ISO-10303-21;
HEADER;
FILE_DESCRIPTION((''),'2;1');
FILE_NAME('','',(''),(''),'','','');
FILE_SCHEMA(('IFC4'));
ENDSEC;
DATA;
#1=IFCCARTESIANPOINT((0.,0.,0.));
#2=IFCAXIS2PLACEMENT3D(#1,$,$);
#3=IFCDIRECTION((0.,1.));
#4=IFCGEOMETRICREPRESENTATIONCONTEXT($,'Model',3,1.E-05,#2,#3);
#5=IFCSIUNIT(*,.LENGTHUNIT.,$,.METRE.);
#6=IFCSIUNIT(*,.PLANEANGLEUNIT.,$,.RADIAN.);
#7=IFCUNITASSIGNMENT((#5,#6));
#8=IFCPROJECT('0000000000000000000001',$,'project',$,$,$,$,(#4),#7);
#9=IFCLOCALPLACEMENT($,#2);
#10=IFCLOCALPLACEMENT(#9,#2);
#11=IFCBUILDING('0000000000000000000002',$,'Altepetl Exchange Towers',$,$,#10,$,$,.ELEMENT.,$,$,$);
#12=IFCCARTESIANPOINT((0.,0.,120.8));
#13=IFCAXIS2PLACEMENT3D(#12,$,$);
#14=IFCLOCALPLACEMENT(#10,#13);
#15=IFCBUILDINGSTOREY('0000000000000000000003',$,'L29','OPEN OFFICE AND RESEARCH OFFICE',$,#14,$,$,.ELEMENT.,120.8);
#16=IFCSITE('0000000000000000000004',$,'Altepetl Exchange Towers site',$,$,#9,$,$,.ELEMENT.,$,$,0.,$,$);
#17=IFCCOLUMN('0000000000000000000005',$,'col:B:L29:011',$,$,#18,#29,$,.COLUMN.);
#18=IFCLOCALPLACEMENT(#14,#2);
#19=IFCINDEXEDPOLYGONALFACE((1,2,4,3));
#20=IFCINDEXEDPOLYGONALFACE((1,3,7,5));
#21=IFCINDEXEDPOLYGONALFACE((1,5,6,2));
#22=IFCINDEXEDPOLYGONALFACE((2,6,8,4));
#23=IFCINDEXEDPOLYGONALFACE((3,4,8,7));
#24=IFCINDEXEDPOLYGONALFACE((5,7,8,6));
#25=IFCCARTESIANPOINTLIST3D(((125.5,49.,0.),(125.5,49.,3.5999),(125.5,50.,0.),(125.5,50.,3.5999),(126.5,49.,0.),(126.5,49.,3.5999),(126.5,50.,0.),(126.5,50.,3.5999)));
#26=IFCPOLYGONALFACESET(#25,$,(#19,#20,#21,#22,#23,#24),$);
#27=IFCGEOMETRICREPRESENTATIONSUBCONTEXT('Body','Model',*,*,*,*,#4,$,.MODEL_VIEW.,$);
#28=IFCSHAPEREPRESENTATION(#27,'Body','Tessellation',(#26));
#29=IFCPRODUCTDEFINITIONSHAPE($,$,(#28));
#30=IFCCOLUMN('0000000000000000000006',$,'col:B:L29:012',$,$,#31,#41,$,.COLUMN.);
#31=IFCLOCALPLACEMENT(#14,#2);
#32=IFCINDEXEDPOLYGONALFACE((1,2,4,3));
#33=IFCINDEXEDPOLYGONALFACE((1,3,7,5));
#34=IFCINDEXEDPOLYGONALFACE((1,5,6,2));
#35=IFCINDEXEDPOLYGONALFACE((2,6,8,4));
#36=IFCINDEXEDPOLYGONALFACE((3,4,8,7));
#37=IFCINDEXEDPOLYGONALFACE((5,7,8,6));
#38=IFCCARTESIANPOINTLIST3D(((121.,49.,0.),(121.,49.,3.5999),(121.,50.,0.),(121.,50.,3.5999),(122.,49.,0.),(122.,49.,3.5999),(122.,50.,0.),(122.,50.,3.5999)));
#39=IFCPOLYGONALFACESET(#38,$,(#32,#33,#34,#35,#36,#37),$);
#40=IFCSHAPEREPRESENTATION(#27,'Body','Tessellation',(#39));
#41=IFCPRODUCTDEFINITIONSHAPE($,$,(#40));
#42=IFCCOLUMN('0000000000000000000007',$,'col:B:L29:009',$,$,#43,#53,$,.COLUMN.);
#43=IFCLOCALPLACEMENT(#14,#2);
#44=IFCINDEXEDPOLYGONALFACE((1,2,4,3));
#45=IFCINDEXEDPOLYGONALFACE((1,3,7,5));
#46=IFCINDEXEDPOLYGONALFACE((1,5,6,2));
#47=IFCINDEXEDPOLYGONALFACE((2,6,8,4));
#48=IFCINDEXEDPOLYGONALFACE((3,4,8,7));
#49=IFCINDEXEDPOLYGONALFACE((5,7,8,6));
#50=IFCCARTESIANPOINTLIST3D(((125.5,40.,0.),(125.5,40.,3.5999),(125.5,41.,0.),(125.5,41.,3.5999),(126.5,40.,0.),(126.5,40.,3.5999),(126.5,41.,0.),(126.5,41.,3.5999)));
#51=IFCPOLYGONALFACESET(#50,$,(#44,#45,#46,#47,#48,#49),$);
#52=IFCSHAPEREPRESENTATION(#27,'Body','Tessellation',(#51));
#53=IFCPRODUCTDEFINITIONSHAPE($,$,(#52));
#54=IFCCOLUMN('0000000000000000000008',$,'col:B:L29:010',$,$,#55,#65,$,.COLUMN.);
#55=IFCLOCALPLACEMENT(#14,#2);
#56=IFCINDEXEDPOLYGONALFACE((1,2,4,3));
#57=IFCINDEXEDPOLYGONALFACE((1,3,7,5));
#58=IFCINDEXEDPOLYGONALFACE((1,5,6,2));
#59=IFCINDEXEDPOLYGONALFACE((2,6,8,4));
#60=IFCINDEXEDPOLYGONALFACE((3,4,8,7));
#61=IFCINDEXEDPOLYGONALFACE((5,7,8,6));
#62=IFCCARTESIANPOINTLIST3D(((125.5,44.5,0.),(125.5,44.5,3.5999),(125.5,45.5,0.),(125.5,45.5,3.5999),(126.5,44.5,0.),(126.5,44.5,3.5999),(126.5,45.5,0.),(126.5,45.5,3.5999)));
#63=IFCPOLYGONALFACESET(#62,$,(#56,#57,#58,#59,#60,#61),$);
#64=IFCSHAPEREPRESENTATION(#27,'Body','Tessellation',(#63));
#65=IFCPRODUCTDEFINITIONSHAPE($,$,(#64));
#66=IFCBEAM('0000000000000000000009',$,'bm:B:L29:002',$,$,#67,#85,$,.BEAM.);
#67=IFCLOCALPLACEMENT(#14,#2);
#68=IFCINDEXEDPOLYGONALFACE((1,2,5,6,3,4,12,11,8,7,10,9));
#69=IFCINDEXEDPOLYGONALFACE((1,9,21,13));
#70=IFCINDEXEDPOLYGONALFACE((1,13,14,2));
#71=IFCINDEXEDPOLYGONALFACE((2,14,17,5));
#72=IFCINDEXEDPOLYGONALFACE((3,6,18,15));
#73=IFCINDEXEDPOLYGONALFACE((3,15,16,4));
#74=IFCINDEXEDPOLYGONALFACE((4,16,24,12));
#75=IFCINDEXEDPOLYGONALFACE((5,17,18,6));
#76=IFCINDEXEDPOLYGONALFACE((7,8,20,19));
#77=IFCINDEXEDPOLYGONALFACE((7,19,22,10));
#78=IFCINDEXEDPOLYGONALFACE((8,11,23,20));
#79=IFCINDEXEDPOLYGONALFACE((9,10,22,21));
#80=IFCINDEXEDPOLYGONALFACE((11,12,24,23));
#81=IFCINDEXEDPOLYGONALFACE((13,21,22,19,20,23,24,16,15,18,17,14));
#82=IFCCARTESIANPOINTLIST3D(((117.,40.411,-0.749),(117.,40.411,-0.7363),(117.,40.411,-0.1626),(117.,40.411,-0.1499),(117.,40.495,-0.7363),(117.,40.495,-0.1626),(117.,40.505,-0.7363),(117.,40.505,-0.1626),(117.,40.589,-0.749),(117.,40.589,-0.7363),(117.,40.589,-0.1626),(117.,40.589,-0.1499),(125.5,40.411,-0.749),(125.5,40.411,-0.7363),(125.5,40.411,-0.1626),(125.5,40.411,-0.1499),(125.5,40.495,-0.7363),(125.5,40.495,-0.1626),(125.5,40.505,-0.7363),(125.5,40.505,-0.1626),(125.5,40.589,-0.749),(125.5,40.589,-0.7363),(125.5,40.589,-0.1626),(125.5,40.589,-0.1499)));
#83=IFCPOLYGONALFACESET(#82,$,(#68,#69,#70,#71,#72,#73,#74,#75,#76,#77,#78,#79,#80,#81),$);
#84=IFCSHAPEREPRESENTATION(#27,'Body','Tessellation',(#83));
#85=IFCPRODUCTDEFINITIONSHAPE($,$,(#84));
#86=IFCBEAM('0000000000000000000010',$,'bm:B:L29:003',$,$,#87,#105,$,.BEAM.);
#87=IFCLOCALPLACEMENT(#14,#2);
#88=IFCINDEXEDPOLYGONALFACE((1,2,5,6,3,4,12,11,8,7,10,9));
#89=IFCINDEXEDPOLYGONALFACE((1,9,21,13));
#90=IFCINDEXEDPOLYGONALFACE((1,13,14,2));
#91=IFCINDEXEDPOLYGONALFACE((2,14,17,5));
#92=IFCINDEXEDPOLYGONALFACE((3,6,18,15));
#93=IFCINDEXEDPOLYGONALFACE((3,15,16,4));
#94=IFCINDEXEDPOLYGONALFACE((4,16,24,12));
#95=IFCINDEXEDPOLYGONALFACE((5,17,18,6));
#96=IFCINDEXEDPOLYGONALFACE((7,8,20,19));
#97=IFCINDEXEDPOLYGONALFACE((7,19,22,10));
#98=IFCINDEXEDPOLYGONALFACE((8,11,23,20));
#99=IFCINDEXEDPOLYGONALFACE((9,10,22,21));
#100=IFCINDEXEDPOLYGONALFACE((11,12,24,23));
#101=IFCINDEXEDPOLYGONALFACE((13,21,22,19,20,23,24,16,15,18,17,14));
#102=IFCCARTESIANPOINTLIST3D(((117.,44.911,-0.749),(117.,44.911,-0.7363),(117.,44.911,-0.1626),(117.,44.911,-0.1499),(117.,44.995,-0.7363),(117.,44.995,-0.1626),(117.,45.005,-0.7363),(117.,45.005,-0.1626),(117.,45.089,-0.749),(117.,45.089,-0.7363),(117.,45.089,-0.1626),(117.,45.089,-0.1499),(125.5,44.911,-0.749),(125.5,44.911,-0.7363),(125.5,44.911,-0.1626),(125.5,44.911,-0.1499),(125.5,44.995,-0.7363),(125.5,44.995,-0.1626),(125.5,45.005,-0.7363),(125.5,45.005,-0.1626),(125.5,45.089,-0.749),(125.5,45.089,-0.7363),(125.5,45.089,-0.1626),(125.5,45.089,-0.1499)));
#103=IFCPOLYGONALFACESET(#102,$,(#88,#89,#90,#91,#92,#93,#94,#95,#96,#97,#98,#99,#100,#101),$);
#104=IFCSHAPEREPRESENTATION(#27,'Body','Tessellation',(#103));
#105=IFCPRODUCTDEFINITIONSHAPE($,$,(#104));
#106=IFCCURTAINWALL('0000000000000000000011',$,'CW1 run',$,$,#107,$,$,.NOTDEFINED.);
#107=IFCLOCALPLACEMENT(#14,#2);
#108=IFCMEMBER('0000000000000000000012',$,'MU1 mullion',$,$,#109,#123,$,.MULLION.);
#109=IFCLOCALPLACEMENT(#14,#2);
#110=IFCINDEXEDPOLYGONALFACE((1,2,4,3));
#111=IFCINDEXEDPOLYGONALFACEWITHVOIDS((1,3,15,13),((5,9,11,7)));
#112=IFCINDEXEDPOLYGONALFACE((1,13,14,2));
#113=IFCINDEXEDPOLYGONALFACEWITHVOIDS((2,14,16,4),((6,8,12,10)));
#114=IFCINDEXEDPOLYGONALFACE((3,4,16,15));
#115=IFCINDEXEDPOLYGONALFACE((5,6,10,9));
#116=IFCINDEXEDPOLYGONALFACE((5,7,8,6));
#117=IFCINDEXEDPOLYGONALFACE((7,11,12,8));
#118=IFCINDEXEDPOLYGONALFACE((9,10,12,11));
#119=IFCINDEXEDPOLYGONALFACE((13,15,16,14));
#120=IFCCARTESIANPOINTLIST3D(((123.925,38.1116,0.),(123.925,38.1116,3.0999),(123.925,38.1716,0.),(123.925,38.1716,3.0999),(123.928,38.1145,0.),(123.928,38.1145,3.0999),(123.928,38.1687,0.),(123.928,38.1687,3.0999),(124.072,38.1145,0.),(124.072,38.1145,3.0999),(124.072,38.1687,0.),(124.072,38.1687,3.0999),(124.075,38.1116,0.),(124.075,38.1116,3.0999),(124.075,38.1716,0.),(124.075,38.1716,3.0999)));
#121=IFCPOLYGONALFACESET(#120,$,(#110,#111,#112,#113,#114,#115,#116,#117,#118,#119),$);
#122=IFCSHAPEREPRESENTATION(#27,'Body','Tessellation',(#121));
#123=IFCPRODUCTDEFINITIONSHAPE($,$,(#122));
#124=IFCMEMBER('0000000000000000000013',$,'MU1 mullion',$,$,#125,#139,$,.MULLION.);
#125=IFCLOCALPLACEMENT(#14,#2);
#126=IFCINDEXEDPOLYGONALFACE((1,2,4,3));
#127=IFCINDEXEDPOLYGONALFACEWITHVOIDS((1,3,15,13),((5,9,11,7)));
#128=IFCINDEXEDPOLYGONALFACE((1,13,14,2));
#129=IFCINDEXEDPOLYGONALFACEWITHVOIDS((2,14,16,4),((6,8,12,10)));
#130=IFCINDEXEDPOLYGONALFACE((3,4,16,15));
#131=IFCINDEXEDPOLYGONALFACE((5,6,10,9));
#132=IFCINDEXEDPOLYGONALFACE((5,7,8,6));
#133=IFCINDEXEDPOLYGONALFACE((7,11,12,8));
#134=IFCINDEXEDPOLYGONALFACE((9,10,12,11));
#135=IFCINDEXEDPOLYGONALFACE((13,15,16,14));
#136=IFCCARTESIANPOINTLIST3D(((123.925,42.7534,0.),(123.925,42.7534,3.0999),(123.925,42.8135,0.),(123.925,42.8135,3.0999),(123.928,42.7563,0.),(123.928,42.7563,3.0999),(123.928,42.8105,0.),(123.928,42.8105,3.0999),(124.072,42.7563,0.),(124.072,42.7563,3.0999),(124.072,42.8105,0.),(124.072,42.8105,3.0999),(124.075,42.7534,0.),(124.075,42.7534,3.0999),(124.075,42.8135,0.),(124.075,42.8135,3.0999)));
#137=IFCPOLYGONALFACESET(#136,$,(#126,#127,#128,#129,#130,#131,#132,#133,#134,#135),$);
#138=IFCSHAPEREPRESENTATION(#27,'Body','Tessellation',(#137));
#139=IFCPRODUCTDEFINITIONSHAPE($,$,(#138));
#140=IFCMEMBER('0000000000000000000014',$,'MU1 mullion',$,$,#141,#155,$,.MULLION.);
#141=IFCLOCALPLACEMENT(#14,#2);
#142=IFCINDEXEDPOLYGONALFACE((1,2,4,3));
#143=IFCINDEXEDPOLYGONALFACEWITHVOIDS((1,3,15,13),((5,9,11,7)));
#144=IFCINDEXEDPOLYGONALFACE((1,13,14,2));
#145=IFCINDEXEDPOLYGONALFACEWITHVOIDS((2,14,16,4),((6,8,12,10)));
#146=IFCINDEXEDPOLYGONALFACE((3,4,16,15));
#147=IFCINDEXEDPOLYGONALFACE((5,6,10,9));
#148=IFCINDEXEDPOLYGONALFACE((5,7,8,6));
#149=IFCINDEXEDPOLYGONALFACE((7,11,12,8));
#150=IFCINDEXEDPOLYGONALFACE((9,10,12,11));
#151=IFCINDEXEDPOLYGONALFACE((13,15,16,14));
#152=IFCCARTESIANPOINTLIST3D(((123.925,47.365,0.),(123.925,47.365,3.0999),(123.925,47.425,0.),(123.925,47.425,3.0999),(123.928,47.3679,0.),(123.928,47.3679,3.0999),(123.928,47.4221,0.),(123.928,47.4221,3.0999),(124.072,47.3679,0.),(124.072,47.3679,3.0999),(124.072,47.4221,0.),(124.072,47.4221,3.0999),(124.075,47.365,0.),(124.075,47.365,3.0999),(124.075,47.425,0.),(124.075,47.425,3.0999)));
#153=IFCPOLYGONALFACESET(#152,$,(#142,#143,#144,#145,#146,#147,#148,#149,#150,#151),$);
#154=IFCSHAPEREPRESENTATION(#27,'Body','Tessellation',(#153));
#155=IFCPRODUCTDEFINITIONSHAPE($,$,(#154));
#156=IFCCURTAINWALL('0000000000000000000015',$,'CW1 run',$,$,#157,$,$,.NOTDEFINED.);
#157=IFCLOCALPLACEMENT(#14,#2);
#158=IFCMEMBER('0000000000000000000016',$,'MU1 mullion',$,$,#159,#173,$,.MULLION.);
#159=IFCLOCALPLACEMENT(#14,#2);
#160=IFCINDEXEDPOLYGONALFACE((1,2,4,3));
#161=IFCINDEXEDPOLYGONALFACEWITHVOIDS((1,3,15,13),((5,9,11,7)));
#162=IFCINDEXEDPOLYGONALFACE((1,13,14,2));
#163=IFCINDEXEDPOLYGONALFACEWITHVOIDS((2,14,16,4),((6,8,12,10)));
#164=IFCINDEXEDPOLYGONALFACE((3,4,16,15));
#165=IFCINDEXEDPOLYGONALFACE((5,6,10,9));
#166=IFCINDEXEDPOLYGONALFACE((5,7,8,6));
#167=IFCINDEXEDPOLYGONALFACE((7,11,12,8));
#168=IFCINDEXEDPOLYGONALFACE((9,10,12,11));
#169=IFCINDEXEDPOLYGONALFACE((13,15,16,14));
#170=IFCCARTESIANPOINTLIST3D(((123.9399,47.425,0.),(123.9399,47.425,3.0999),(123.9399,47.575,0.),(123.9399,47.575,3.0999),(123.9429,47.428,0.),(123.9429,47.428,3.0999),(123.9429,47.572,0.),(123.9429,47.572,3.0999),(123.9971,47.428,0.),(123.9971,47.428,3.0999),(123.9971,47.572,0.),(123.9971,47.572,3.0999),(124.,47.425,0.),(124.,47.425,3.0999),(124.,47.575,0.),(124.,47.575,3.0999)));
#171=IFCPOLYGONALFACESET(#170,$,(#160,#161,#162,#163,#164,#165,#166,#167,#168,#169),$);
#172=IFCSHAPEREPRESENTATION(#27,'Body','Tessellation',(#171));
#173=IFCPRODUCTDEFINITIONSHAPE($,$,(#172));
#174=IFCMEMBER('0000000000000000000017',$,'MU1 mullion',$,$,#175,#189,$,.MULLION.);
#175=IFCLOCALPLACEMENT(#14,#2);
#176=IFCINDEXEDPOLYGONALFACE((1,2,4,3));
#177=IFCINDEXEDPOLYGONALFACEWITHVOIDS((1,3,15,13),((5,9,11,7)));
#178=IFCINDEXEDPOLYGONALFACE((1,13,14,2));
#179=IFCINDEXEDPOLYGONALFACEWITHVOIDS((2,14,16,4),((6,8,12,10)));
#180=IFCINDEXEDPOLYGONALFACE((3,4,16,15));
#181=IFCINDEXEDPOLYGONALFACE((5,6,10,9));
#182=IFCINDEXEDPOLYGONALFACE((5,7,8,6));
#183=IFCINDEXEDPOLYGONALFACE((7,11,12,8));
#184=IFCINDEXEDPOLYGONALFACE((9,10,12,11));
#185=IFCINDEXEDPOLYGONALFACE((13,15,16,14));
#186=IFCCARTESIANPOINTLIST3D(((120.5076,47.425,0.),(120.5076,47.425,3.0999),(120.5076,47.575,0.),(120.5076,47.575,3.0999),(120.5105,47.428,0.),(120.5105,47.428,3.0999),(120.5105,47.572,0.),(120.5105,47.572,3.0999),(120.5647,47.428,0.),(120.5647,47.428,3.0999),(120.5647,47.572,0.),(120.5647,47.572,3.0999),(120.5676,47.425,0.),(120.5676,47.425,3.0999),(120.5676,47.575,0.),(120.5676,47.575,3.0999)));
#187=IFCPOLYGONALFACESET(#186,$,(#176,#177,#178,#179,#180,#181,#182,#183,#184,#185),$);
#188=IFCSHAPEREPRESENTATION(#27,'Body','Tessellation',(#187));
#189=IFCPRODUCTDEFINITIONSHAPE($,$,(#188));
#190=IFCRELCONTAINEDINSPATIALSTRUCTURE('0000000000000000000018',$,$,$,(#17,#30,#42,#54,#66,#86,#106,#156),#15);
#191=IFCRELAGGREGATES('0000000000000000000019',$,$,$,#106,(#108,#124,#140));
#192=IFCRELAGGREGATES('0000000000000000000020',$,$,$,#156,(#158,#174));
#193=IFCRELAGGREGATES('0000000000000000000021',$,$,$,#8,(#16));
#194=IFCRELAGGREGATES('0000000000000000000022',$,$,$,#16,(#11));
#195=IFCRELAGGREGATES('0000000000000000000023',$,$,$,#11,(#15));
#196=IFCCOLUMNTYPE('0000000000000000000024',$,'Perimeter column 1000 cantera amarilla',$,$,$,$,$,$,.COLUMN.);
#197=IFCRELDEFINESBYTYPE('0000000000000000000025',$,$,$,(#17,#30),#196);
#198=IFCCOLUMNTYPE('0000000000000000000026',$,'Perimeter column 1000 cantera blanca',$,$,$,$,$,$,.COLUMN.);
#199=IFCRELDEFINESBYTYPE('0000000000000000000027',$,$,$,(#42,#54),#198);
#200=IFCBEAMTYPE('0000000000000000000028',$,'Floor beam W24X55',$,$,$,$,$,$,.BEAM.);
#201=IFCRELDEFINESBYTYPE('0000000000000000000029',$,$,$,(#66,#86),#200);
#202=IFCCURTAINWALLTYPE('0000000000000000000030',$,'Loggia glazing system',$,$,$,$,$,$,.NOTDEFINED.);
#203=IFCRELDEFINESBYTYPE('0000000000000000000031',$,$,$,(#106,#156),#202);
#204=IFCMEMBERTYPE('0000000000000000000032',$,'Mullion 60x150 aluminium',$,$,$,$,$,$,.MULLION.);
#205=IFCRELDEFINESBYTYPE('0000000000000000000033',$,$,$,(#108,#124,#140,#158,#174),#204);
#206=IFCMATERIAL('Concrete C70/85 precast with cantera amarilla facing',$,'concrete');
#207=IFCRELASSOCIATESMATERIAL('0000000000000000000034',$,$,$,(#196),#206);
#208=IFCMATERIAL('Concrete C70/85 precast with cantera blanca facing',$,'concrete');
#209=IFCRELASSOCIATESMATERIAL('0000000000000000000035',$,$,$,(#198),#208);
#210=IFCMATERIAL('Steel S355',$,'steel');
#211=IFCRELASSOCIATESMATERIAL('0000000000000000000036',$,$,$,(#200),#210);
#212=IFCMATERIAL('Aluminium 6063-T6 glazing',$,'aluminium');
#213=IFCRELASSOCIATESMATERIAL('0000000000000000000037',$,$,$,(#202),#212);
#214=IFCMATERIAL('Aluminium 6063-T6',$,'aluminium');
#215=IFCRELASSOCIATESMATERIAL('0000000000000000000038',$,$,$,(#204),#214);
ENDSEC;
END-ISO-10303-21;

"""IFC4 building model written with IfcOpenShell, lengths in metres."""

from ifc_helpers import new_model, si_unit, direction, frame, origin, origin_2d, place, context, subcontext, project, spatial, rectangle, hollow_rectangle, i_section, extrude, material, material_profile, profile_set, type_object, element, aggregate, save


model = new_model("IFC4")

# Units and contexts
model_context = context("Model", 3, precision=1e-05, world=origin(), true_north=direction((0.0, 1.0)))
body_context = subcontext(model_context, "Body", "Model", "MODEL_VIEW")
ifc_project = project(units=[si_unit("LENGTHUNIT", "METRE"), si_unit("PLANEANGLEUNIT", "RADIAN")], contexts=[model_context])

# Site, building, storey
site_placement = place(None, origin())
site = spatial("IfcSite", under=ifc_project, at=site_placement, Name="Altepetl Exchange Towers site", CompositionType="ELEMENT", RefElevation=0.0)
building_placement = place(site_placement, origin())
building = spatial("IfcBuilding", under=site, at=building_placement, Name="Altepetl Exchange Towers", CompositionType="ELEMENT")
storey_placement = place(building_placement, frame((0.0, 0.0, 120.8)))
storey = spatial("IfcBuildingStorey", under=building, at=storey_placement, Name="L29", Description="OPEN OFFICE AND RESEARCH OFFICE", CompositionType="ELEMENT", Elevation=120.8)

# Columns
ifc_material_1 = material(Name="Concrete C70/85 precast with cantera amarilla facing", Category="concrete")
ifc_material_profile_1 = material_profile(ifc_material_1, rectangle(XDim=1.0, YDim=1.0, at=origin_2d()), Name="1000 x 1000")
ifc_profile_set_1 = profile_set([ifc_material_profile_1], Name="Concrete C70/85 precast with cantera amarilla facing")
column_type_1 = type_object("IfcColumnType", Name="Perimeter column 1000 cantera amarilla", PredefinedType="COLUMN", material=ifc_profile_set_1)
for number, where, name in (
    (1, (126.0, 49.5, 0.0), "col:B:L29:011"),
    (2, (121.5, 49.5, 0.0), "col:B:L29:012"),
):
    element("IfcColumn", number, at=place(storey_placement, frame(where)), inside=storey, type_object=column_type_1, Name=name, PredefinedType="COLUMN", context=body_context, shape_type="SweptSolid", body=[
        extrude(rectangle(XDim=1.0, YDim=1.0, at=origin_2d()), origin(), (0.0, 0.0, 1.0), 3.5999),
    ])
ifc_material_2 = material(Name="Concrete C70/85 precast with cantera blanca facing", Category="concrete")
ifc_material_profile_2 = material_profile(ifc_material_2, rectangle(XDim=1.0, YDim=1.0, at=origin_2d()), Name="1000 x 1000")
ifc_profile_set_2 = profile_set([ifc_material_profile_2], Name="Concrete C70/85 precast with cantera blanca facing")
column_type_2 = type_object("IfcColumnType", Name="Perimeter column 1000 cantera blanca", PredefinedType="COLUMN", material=ifc_profile_set_2)
for number, where, name in (
    (3, (126.0, 40.5, 0.0), "col:B:L29:009"),
    (4, (126.0, 45.0, 0.0), "col:B:L29:010"),
):
    element("IfcColumn", number, at=place(storey_placement, frame(where)), inside=storey, type_object=column_type_2, Name=name, PredefinedType="COLUMN", context=body_context, shape_type="SweptSolid", body=[
        extrude(rectangle(XDim=1.0, YDim=1.0, at=origin_2d()), origin(), (0.0, 0.0, 1.0), 3.5999),
    ])

# Beams
ifc_material_3 = material(Name="Steel S355", Category="steel")
ifc_material_profile_3 = material_profile(ifc_material_3, i_section(OverallWidth=0.178, OverallDepth=0.5991, WebThickness=0.01, FlangeThickness=0.0127, at=origin_2d()), Name="W24X55")
ifc_profile_set_3 = profile_set([ifc_material_profile_3], Name="Steel S355")
beam_type_1 = type_object("IfcBeamType", Name="Floor beam W24X55", PredefinedType="BEAM", material=ifc_profile_set_3)
for number, where, z_axis, x_axis, name in (
    (5, (117.0, 40.5, -0.4495), (1.0, 0.0, 0.0), (0.0, 1.0, 0.0), "bm:B:L29:002"),
    (6, (117.0, 45.0, -0.4495), (1.0, 0.0, 0.0), (0.0, 1.0, 0.0), "bm:B:L29:003"),
):
    element("IfcBeam", number, at=place(storey_placement, frame(where, z_axis=z_axis, x_axis=x_axis)), inside=storey, type_object=beam_type_1, Name=name, PredefinedType="BEAM", context=body_context, shape_type="SweptSolid", body=[
        extrude(i_section(OverallWidth=0.178, OverallDepth=0.5991, WebThickness=0.01, FlangeThickness=0.0127, at=origin_2d()), origin(), (0.0, 0.0, 1.0), 8.5),
    ])

# Curtain walls, members
ifc_material_4 = material(Name="Aluminium 6063-T6 glazing", Category="aluminium")
curtain_wall_type = type_object("IfcCurtainWallType", Name="Loggia glazing system", PredefinedType="NOTDEFINED", material=ifc_material_4)
curtain_wall_1_placement = place(storey_placement, origin())
curtain_wall_1 = element("IfcCurtainWall", 7, at=curtain_wall_1_placement, inside=storey, type_object=curtain_wall_type, Name="CW1 run", PredefinedType="NOTDEFINED")
ifc_material_5 = material(Name="Aluminium 6063-T6", Category="aluminium")
ifc_material_profile_4 = material_profile(ifc_material_5, hollow_rectangle(XDim=0.0601, YDim=0.1499, WallThickness=0.0029, at=origin_2d()), Name="Mullion 60x150 aluminium")
ifc_profile_set_4 = profile_set([ifc_material_profile_4], Name="Aluminium 6063-T6")
member_type = type_object("IfcMemberType", Name="Mullion 60x150 aluminium", PredefinedType="MULLION", material=ifc_profile_set_4)
member_1_placement = place(storey_placement, frame((124.0, 38.1416, 0.0), z_axis=(0.0, 0.0, 1.0), x_axis=(0.0, 1.0, 0.0)))
member_1 = element("IfcMember", 8, at=member_1_placement, type_object=member_type, Name="MU1 mullion", PredefinedType="MULLION", context=body_context, shape_type="SweptSolid", body=[
    extrude(hollow_rectangle(XDim=0.0601, YDim=0.1499, WallThickness=0.0029, at=origin_2d()), origin(), (0.0, 0.0, 1.0), 3.0999),
])
member_2_placement = place(storey_placement, frame((124.0, 42.7834, 0.0), z_axis=(0.0, 0.0, 1.0), x_axis=(0.0, 1.0, 0.0)))
member_2 = element("IfcMember", 9, at=member_2_placement, type_object=member_type, Name="MU1 mullion", PredefinedType="MULLION", context=body_context, shape_type="SweptSolid", body=[
    extrude(hollow_rectangle(XDim=0.0601, YDim=0.1499, WallThickness=0.0029, at=origin_2d()), origin(), (0.0, 0.0, 1.0), 3.0999),
])
member_3_placement = place(storey_placement, frame((124.0, 47.395, 0.0), z_axis=(0.0, 0.0, 1.0), x_axis=(0.0, 1.0, 0.0)))
member_3 = element("IfcMember", 10, at=member_3_placement, type_object=member_type, Name="MU1 mullion", PredefinedType="MULLION", context=body_context, shape_type="SweptSolid", body=[
    extrude(hollow_rectangle(XDim=0.0601, YDim=0.1499, WallThickness=0.0029, at=origin_2d()), origin(), (0.0, 0.0, 1.0), 3.0999),
])
curtain_wall_2_placement = place(storey_placement, origin())
curtain_wall_2 = element("IfcCurtainWall", 11, at=curtain_wall_2_placement, inside=storey, type_object=curtain_wall_type, Name="CW1 run", PredefinedType="NOTDEFINED")
member_4_placement = place(storey_placement, frame((123.97, 47.5, 0.0), z_axis=(0.0, 0.0, 1.0), x_axis=(-1.0, 0.0, 0.0)))
member_4 = element("IfcMember", 12, at=member_4_placement, type_object=member_type, Name="MU1 mullion", PredefinedType="MULLION", context=body_context, shape_type="SweptSolid", body=[
    extrude(hollow_rectangle(XDim=0.0601, YDim=0.1499, WallThickness=0.0029, at=origin_2d()), origin(), (0.0, 0.0, 1.0), 3.0999),
])
member_5_placement = place(storey_placement, frame((120.5376, 47.5, 0.0), z_axis=(0.0, 0.0, 1.0), x_axis=(-1.0, 0.0, 0.0)))
member_5 = element("IfcMember", 13, at=member_5_placement, type_object=member_type, Name="MU1 mullion", PredefinedType="MULLION", context=body_context, shape_type="SweptSolid", body=[
    extrude(hollow_rectangle(XDim=0.0601, YDim=0.1499, WallThickness=0.0029, at=origin_2d()), origin(), (0.0, 0.0, 1.0), 3.0999),
])

aggregate(curtain_wall_1, [member_1, member_2, member_3])
aggregate(curtain_wall_2, [member_4, member_5])

save(model, "model.ifc")
